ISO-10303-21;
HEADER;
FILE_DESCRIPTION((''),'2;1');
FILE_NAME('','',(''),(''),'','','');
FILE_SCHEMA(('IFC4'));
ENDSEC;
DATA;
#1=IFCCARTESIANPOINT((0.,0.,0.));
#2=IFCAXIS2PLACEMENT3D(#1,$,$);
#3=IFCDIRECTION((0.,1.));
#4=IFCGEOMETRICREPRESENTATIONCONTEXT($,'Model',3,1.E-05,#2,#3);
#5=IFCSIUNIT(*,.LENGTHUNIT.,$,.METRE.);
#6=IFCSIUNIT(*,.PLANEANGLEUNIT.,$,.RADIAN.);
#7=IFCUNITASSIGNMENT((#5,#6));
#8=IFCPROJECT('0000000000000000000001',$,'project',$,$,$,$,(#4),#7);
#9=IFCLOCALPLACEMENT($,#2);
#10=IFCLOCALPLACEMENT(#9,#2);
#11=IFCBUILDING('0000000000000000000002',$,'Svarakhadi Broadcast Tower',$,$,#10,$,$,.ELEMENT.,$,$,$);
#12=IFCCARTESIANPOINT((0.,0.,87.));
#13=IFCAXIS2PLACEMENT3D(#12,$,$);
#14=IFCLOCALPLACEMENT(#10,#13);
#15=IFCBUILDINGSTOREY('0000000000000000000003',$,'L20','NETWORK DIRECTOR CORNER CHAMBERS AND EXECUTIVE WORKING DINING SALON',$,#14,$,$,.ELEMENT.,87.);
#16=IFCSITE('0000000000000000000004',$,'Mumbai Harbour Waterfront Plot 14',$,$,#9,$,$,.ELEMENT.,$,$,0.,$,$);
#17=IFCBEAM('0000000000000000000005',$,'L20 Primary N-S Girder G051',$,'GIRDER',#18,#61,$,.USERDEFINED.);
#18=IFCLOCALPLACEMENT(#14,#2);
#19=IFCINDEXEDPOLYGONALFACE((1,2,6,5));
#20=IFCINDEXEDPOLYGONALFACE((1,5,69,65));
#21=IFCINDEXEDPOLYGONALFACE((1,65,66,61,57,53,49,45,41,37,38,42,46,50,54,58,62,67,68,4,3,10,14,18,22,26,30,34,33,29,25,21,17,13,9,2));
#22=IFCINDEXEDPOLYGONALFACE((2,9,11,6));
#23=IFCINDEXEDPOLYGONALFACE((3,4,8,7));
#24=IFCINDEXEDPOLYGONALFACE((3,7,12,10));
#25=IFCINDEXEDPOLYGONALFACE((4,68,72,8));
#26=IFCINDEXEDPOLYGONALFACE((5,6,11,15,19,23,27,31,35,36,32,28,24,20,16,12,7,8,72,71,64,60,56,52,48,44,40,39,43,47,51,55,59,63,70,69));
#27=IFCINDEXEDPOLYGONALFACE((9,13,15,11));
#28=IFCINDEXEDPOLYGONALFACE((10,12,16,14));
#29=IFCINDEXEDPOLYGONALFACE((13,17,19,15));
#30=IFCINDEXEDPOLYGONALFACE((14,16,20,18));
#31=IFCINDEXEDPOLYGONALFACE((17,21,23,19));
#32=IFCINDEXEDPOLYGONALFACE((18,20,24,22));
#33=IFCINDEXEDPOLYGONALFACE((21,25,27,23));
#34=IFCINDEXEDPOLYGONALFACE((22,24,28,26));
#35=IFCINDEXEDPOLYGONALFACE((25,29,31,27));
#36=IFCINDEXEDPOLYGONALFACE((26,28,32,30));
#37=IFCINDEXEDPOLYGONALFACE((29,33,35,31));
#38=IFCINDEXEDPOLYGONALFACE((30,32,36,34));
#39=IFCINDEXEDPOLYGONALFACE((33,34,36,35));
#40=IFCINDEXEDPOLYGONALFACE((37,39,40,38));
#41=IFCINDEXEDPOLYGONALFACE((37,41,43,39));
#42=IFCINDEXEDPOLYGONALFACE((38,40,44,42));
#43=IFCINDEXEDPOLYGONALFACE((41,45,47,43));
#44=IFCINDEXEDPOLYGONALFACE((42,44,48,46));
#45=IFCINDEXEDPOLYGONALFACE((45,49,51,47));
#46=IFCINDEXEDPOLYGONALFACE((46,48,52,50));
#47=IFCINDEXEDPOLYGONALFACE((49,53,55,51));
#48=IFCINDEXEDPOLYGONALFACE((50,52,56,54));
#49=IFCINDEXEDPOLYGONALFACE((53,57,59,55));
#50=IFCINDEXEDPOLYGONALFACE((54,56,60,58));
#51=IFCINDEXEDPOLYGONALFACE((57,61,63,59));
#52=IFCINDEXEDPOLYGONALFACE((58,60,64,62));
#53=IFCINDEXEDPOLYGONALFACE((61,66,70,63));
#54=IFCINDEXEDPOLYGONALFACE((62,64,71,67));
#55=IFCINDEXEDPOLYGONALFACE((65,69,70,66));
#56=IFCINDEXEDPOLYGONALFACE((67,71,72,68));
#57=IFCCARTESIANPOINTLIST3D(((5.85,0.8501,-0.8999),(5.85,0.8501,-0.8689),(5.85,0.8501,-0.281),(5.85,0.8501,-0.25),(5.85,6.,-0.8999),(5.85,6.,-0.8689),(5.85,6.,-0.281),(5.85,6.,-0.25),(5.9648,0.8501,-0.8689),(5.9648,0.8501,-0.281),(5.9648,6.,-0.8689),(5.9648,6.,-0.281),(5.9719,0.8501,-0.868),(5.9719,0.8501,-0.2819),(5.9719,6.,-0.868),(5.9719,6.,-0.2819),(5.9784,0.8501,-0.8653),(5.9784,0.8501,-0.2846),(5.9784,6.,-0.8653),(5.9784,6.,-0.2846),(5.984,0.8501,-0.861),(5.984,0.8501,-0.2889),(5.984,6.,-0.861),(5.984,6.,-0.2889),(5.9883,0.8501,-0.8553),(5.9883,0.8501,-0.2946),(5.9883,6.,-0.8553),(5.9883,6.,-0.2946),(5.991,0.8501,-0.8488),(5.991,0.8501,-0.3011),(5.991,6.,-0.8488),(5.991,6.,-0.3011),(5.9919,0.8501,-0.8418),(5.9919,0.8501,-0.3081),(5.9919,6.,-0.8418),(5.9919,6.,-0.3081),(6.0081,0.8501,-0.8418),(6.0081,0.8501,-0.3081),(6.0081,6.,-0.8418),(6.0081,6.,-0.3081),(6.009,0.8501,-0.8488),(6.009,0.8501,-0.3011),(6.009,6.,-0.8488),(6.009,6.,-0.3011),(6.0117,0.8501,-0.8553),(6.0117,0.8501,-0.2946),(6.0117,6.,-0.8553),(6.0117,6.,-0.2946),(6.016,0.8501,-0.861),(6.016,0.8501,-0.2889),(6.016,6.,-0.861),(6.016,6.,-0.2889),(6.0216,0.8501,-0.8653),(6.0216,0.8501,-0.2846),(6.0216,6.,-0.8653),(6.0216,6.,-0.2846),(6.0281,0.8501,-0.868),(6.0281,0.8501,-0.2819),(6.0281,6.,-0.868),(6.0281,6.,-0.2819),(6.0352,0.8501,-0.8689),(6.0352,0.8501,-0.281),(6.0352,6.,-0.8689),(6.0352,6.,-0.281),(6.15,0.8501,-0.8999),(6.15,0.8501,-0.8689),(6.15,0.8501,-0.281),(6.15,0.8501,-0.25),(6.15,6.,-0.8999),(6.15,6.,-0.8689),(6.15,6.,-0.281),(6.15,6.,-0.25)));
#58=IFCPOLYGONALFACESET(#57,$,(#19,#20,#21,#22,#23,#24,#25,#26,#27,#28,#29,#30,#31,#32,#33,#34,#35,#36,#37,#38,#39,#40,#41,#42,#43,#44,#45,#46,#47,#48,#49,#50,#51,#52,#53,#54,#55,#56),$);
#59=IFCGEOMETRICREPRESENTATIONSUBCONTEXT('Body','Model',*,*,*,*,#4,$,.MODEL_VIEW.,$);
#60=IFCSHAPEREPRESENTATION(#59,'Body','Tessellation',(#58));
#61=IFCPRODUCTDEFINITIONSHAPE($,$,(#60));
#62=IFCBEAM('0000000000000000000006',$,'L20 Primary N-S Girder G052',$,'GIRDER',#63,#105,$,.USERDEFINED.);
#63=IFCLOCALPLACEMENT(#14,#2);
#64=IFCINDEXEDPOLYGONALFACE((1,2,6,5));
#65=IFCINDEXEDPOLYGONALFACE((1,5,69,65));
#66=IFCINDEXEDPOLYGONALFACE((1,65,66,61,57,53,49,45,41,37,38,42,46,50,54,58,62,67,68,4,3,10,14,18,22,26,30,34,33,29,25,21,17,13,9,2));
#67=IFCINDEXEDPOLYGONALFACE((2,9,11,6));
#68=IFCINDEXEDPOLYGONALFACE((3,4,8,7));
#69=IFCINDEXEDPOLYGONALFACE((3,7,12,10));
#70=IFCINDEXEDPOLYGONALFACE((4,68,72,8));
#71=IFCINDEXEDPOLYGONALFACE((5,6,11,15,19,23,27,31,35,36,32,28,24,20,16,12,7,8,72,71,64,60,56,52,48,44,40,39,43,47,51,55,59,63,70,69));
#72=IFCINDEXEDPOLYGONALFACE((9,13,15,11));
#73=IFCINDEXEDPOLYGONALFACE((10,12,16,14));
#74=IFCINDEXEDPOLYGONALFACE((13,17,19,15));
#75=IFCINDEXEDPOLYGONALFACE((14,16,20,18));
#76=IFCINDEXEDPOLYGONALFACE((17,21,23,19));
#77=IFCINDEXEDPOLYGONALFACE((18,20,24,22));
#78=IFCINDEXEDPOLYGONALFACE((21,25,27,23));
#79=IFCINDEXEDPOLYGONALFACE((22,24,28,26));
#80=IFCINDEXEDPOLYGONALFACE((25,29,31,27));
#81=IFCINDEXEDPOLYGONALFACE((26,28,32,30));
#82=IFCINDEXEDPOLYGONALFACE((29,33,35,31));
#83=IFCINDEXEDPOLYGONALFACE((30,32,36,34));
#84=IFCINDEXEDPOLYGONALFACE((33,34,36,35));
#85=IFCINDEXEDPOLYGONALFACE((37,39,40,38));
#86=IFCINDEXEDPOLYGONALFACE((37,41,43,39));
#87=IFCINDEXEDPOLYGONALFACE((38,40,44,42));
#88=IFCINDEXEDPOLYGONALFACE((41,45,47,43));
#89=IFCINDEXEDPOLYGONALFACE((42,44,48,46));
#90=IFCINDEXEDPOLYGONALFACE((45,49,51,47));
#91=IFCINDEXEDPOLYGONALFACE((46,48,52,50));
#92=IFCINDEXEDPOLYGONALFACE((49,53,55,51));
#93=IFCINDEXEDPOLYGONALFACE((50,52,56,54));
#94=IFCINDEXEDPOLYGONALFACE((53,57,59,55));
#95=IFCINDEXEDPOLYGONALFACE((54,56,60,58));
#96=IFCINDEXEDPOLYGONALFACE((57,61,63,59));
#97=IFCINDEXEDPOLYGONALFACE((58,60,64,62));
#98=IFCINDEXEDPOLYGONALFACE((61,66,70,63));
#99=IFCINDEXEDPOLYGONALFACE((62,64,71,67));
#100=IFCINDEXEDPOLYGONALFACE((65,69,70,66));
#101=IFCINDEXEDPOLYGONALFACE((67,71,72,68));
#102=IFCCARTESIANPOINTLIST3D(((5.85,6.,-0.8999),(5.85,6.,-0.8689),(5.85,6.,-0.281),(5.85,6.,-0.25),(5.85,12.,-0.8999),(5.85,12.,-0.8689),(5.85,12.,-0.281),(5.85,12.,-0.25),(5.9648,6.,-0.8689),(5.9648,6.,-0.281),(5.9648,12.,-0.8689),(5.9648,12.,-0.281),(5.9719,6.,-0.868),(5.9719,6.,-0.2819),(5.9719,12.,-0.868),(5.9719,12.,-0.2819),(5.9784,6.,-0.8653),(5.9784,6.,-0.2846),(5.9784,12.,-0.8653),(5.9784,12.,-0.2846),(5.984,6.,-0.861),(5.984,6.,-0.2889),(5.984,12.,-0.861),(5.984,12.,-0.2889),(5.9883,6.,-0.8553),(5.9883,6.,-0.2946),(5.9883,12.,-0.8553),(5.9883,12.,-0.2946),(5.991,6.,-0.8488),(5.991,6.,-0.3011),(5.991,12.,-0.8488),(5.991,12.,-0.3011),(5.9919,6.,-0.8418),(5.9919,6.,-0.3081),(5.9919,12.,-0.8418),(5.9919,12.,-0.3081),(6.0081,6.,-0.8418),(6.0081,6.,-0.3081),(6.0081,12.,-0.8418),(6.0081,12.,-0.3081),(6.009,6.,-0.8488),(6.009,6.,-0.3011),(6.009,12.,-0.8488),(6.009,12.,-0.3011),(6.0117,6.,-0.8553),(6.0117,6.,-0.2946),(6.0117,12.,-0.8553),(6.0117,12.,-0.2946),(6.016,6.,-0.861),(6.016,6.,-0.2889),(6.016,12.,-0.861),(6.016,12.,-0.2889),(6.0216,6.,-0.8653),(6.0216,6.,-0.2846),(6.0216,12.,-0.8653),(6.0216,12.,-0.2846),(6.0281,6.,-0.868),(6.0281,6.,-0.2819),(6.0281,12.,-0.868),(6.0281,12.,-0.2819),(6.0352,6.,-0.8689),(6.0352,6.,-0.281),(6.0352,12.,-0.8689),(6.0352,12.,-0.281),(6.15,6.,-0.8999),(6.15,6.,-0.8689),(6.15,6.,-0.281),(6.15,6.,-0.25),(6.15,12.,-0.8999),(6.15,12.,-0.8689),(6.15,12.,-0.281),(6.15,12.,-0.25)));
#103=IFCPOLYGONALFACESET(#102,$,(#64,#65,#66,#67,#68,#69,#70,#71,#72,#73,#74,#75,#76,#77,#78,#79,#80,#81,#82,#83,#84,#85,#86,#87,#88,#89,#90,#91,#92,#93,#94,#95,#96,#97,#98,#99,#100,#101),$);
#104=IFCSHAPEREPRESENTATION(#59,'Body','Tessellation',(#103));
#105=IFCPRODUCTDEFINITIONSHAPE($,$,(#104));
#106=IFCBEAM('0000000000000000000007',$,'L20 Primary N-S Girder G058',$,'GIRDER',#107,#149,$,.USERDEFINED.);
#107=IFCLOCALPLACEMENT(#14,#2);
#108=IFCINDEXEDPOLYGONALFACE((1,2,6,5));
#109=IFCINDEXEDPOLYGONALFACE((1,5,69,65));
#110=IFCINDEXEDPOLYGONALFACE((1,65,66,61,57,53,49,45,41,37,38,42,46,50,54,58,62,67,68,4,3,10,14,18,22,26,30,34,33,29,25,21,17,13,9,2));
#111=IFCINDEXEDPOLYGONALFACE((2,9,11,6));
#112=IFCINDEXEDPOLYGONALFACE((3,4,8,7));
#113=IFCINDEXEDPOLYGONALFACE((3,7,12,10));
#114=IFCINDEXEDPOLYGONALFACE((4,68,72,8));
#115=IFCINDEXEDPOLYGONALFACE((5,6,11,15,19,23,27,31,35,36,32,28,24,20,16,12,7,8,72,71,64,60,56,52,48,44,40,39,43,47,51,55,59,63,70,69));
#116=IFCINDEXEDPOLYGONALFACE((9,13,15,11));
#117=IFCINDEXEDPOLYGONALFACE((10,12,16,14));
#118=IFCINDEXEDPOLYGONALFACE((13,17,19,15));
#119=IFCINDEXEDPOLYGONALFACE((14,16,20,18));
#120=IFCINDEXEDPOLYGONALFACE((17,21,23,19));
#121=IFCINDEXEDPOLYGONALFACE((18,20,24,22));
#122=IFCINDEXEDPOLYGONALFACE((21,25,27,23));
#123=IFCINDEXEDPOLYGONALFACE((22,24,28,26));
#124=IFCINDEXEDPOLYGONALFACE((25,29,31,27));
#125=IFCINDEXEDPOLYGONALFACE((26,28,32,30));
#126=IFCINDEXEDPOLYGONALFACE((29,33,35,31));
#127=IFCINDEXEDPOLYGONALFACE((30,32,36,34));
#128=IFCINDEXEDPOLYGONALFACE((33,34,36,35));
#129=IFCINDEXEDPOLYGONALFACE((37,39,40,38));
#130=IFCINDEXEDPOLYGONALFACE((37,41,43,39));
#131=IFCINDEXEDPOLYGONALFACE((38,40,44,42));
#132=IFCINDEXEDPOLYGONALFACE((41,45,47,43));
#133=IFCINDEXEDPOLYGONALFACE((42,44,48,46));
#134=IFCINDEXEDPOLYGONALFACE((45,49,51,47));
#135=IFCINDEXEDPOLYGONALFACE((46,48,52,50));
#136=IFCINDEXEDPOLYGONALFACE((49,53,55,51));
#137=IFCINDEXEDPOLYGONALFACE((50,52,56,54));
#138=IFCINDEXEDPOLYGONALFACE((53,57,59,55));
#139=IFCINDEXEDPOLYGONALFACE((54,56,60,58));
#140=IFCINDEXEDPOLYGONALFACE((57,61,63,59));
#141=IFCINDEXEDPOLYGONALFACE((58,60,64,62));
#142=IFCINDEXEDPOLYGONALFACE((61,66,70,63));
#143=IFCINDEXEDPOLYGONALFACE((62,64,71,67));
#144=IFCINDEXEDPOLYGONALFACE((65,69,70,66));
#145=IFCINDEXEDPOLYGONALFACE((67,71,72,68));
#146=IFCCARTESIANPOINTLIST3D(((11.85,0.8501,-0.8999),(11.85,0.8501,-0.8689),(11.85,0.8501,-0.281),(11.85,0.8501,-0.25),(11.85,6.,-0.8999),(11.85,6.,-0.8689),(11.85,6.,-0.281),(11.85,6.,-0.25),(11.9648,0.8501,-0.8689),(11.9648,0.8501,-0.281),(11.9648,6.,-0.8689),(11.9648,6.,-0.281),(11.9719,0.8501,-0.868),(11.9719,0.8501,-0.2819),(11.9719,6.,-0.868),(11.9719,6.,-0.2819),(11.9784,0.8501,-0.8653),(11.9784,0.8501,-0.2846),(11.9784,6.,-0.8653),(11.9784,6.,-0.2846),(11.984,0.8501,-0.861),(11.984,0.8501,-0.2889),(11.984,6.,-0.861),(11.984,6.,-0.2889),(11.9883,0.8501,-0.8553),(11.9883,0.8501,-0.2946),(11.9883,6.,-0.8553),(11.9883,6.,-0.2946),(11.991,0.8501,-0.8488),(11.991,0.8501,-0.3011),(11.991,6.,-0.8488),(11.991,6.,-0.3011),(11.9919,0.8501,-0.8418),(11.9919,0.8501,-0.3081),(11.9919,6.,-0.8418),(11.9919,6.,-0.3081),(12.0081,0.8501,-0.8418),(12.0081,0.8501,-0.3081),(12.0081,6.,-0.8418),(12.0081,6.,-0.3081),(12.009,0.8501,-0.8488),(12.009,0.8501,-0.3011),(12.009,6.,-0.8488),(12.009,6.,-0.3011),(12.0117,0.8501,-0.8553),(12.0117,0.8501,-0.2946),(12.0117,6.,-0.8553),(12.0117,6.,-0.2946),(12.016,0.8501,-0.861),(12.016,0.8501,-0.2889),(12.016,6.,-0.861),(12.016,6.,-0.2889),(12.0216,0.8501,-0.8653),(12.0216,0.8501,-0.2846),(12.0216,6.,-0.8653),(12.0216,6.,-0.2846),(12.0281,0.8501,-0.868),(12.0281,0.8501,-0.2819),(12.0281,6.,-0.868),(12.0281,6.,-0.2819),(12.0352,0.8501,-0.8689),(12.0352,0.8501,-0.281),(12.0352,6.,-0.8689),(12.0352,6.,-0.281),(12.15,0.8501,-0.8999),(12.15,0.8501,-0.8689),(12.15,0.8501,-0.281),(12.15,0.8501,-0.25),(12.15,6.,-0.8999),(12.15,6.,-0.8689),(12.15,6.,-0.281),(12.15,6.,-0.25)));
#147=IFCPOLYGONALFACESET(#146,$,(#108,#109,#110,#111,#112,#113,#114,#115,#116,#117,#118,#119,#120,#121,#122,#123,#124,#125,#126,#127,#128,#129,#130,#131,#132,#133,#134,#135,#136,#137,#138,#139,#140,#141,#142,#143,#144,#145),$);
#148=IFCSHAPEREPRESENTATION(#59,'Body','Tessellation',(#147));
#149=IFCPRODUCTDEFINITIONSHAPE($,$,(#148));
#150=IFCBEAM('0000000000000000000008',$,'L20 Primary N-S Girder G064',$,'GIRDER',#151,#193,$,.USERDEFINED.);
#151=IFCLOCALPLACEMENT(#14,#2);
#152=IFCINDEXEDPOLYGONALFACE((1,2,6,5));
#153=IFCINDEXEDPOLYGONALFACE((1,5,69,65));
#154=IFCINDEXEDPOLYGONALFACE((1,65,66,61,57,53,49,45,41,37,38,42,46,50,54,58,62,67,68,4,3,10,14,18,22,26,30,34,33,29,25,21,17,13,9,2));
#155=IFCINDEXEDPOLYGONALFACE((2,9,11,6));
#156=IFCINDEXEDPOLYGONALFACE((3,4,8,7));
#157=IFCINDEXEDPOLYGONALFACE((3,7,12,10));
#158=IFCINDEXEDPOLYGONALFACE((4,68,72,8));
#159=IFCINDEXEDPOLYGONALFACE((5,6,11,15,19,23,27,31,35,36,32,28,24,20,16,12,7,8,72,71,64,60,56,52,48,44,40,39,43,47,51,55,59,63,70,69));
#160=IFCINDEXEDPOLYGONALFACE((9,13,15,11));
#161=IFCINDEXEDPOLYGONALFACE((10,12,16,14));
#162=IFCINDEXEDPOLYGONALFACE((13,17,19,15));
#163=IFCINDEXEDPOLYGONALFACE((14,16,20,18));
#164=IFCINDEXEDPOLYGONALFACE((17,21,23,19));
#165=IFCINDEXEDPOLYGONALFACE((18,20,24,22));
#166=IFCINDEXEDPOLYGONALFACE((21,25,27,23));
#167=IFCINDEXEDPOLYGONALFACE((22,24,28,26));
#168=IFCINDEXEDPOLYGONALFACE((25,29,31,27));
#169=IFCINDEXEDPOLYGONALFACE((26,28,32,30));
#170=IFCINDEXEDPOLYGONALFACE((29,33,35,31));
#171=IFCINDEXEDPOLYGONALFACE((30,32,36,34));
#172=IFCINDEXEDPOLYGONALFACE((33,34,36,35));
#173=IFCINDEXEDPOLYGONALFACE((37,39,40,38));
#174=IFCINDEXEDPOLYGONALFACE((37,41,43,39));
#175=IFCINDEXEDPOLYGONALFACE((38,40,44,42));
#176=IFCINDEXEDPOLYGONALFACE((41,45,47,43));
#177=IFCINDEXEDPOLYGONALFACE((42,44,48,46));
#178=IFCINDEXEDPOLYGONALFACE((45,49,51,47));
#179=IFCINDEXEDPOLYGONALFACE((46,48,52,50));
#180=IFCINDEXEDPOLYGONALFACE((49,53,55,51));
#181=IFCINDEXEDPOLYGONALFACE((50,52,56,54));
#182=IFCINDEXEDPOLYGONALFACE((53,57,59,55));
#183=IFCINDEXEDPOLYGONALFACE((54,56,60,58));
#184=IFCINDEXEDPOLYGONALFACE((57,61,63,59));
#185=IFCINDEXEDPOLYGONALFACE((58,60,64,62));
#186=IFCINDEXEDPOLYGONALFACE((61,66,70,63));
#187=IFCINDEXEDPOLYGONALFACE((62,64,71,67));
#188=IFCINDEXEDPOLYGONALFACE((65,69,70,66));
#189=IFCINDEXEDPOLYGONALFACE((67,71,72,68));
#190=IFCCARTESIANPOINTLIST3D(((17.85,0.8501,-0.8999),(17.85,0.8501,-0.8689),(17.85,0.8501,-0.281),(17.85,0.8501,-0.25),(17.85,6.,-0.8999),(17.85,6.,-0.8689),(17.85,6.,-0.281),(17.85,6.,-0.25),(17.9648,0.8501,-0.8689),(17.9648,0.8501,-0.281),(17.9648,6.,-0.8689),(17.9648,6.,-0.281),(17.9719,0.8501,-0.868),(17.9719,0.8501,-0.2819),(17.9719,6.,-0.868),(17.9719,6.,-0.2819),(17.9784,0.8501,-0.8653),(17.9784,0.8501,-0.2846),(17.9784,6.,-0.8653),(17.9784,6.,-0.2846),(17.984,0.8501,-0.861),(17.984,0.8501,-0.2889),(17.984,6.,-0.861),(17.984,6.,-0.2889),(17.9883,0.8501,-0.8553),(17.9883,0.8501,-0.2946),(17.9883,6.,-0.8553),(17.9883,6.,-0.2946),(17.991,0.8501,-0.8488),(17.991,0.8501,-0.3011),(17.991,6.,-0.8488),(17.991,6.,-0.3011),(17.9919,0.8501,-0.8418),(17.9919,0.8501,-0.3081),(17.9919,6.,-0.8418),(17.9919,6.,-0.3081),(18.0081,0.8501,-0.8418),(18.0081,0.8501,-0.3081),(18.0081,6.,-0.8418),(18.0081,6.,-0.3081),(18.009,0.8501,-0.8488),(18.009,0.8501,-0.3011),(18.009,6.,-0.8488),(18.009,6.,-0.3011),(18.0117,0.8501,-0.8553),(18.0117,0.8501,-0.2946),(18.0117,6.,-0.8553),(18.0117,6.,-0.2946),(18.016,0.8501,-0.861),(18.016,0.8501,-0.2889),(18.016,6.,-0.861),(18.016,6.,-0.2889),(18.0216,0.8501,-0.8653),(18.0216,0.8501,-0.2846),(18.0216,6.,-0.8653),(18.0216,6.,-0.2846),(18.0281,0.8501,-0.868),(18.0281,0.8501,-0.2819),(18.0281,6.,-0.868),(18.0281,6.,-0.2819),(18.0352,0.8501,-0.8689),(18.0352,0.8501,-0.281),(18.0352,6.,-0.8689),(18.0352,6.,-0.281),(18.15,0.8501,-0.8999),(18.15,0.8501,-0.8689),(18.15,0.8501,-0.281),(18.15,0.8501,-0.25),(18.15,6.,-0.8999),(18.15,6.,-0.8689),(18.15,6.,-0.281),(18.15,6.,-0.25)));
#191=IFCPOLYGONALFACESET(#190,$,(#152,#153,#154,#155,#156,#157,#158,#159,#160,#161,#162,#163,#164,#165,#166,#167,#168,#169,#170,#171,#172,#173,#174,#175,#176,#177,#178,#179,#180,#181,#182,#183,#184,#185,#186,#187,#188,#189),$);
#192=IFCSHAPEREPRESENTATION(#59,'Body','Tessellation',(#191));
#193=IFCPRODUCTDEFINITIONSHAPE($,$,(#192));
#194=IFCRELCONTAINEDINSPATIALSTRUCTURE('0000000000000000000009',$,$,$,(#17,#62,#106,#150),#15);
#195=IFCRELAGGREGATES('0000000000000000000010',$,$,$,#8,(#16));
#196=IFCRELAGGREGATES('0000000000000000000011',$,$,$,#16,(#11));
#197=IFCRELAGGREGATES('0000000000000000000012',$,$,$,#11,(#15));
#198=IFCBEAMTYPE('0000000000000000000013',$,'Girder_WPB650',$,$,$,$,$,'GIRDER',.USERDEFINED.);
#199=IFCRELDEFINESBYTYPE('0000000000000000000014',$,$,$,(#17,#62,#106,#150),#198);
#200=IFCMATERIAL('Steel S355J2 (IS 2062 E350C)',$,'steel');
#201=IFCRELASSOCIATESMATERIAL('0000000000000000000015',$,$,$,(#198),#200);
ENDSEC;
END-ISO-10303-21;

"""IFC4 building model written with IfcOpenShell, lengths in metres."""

from ifc_helpers import new_model, si_unit, direction, frame, origin, origin_2d, place, context, subcontext, project, spatial, i_section, extrude, material, material_profile, profile_set, type_object, element, save


model = new_model("IFC4")

# Units and contexts
model_context = context("Model", 3, precision=1e-05, world=origin(), true_north=direction((0.0, 1.0)))
body_context = subcontext(model_context, "Body", "Model", "MODEL_VIEW")
ifc_project = project(units=[si_unit("LENGTHUNIT", "METRE"), si_unit("PLANEANGLEUNIT", "RADIAN")], contexts=[model_context])

# Site, building, storey
site_placement = place(None, origin())
site = spatial("IfcSite", under=ifc_project, at=site_placement, Name="Mumbai Harbour Waterfront Plot 14", CompositionType="ELEMENT", RefElevation=0.0)
building_placement = place(site_placement, origin())
building = spatial("IfcBuilding", under=site, at=building_placement, Name="Svarakhadi Broadcast Tower", CompositionType="ELEMENT")
storey_placement = place(building_placement, frame((0.0, 0.0, 87.0)))
storey = spatial("IfcBuildingStorey", under=building, at=storey_placement, Name="L20", Description="NETWORK DIRECTOR CORNER CHAMBERS AND EXECUTIVE WORKING DINING SALON", CompositionType="ELEMENT", Elevation=87.0)

# Shared definitions
ifc_material_1 = material(Name="Steel S355J2 (IS 2062 E350C)", Category="steel")

# Beams
ifc_material_profile_1 = material_profile(ifc_material_1, i_section(OverallWidth=0.3, OverallDepth=0.6499, WebThickness=0.0161, FlangeThickness=0.031, FilletRadius=0.0271, at=origin_2d()), Name="WPB 650x300x225")
ifc_profile_set_1 = profile_set([ifc_material_profile_1], Name="Steel S355J2 (IS 2062 E350C)")
beam_type_1 = type_object("IfcBeamType", Name="Girder_WPB650", ElementType="GIRDER", PredefinedType="USERDEFINED", material=ifc_profile_set_1)
beam_1_placement = place(storey_placement, frame((6.0, 0.8501, -0.575), z_axis=(0.0, 1.0, 0.0), x_axis=(-1.0, 0.0, 0.0)))
element("IfcBeam", 1, at=beam_1_placement, inside=storey, type_object=beam_type_1, Name="L20 Primary N-S Girder G051", ObjectType="GIRDER", PredefinedType="USERDEFINED", context=body_context, shape_type="SweptSolid", body=[
    extrude(i_section(OverallWidth=0.3, OverallDepth=0.6499, WebThickness=0.0161, FlangeThickness=0.031, FilletRadius=0.0271, at=origin_2d()), origin(), (0.0, 0.0, 1.0), 5.1499),
])
beam_2_placement = place(storey_placement, frame((6.0, 6.0, -0.575), z_axis=(0.0, 1.0, 0.0), x_axis=(-1.0, 0.0, 0.0)))
element("IfcBeam", 2, at=beam_2_placement, inside=storey, type_object=beam_type_1, Name="L20 Primary N-S Girder G052", ObjectType="GIRDER", PredefinedType="USERDEFINED", context=body_context, shape_type="SweptSolid", body=[
    extrude(i_section(OverallWidth=0.3, OverallDepth=0.6499, WebThickness=0.0161, FlangeThickness=0.031, FilletRadius=0.0271, at=origin_2d()), origin(), (0.0, 0.0, 1.0), 6.0),
])
for number, where, z_axis, x_axis, name in (
    (3, (12.0, 0.8501, -0.575), (0.0, 1.0, 0.0), (-1.0, 0.0, 0.0), "L20 Primary N-S Girder G058"),
    (4, (18.0, 0.8501, -0.575), (0.0, 1.0, 0.0), (-1.0, 0.0, 0.0), "L20 Primary N-S Girder G064"),
):
    element("IfcBeam", number, at=place(storey_placement, frame(where, z_axis=z_axis, x_axis=x_axis)), inside=storey, type_object=beam_type_1, Name=name, ObjectType="GIRDER", PredefinedType="USERDEFINED", context=body_context, shape_type="SweptSolid", body=[
        extrude(i_section(OverallWidth=0.3, OverallDepth=0.6499, WebThickness=0.0161, FlangeThickness=0.031, FilletRadius=0.0271, at=origin_2d()), origin(), (0.0, 0.0, 1.0), 5.1499),
    ])

save(model, "model.ifc")
